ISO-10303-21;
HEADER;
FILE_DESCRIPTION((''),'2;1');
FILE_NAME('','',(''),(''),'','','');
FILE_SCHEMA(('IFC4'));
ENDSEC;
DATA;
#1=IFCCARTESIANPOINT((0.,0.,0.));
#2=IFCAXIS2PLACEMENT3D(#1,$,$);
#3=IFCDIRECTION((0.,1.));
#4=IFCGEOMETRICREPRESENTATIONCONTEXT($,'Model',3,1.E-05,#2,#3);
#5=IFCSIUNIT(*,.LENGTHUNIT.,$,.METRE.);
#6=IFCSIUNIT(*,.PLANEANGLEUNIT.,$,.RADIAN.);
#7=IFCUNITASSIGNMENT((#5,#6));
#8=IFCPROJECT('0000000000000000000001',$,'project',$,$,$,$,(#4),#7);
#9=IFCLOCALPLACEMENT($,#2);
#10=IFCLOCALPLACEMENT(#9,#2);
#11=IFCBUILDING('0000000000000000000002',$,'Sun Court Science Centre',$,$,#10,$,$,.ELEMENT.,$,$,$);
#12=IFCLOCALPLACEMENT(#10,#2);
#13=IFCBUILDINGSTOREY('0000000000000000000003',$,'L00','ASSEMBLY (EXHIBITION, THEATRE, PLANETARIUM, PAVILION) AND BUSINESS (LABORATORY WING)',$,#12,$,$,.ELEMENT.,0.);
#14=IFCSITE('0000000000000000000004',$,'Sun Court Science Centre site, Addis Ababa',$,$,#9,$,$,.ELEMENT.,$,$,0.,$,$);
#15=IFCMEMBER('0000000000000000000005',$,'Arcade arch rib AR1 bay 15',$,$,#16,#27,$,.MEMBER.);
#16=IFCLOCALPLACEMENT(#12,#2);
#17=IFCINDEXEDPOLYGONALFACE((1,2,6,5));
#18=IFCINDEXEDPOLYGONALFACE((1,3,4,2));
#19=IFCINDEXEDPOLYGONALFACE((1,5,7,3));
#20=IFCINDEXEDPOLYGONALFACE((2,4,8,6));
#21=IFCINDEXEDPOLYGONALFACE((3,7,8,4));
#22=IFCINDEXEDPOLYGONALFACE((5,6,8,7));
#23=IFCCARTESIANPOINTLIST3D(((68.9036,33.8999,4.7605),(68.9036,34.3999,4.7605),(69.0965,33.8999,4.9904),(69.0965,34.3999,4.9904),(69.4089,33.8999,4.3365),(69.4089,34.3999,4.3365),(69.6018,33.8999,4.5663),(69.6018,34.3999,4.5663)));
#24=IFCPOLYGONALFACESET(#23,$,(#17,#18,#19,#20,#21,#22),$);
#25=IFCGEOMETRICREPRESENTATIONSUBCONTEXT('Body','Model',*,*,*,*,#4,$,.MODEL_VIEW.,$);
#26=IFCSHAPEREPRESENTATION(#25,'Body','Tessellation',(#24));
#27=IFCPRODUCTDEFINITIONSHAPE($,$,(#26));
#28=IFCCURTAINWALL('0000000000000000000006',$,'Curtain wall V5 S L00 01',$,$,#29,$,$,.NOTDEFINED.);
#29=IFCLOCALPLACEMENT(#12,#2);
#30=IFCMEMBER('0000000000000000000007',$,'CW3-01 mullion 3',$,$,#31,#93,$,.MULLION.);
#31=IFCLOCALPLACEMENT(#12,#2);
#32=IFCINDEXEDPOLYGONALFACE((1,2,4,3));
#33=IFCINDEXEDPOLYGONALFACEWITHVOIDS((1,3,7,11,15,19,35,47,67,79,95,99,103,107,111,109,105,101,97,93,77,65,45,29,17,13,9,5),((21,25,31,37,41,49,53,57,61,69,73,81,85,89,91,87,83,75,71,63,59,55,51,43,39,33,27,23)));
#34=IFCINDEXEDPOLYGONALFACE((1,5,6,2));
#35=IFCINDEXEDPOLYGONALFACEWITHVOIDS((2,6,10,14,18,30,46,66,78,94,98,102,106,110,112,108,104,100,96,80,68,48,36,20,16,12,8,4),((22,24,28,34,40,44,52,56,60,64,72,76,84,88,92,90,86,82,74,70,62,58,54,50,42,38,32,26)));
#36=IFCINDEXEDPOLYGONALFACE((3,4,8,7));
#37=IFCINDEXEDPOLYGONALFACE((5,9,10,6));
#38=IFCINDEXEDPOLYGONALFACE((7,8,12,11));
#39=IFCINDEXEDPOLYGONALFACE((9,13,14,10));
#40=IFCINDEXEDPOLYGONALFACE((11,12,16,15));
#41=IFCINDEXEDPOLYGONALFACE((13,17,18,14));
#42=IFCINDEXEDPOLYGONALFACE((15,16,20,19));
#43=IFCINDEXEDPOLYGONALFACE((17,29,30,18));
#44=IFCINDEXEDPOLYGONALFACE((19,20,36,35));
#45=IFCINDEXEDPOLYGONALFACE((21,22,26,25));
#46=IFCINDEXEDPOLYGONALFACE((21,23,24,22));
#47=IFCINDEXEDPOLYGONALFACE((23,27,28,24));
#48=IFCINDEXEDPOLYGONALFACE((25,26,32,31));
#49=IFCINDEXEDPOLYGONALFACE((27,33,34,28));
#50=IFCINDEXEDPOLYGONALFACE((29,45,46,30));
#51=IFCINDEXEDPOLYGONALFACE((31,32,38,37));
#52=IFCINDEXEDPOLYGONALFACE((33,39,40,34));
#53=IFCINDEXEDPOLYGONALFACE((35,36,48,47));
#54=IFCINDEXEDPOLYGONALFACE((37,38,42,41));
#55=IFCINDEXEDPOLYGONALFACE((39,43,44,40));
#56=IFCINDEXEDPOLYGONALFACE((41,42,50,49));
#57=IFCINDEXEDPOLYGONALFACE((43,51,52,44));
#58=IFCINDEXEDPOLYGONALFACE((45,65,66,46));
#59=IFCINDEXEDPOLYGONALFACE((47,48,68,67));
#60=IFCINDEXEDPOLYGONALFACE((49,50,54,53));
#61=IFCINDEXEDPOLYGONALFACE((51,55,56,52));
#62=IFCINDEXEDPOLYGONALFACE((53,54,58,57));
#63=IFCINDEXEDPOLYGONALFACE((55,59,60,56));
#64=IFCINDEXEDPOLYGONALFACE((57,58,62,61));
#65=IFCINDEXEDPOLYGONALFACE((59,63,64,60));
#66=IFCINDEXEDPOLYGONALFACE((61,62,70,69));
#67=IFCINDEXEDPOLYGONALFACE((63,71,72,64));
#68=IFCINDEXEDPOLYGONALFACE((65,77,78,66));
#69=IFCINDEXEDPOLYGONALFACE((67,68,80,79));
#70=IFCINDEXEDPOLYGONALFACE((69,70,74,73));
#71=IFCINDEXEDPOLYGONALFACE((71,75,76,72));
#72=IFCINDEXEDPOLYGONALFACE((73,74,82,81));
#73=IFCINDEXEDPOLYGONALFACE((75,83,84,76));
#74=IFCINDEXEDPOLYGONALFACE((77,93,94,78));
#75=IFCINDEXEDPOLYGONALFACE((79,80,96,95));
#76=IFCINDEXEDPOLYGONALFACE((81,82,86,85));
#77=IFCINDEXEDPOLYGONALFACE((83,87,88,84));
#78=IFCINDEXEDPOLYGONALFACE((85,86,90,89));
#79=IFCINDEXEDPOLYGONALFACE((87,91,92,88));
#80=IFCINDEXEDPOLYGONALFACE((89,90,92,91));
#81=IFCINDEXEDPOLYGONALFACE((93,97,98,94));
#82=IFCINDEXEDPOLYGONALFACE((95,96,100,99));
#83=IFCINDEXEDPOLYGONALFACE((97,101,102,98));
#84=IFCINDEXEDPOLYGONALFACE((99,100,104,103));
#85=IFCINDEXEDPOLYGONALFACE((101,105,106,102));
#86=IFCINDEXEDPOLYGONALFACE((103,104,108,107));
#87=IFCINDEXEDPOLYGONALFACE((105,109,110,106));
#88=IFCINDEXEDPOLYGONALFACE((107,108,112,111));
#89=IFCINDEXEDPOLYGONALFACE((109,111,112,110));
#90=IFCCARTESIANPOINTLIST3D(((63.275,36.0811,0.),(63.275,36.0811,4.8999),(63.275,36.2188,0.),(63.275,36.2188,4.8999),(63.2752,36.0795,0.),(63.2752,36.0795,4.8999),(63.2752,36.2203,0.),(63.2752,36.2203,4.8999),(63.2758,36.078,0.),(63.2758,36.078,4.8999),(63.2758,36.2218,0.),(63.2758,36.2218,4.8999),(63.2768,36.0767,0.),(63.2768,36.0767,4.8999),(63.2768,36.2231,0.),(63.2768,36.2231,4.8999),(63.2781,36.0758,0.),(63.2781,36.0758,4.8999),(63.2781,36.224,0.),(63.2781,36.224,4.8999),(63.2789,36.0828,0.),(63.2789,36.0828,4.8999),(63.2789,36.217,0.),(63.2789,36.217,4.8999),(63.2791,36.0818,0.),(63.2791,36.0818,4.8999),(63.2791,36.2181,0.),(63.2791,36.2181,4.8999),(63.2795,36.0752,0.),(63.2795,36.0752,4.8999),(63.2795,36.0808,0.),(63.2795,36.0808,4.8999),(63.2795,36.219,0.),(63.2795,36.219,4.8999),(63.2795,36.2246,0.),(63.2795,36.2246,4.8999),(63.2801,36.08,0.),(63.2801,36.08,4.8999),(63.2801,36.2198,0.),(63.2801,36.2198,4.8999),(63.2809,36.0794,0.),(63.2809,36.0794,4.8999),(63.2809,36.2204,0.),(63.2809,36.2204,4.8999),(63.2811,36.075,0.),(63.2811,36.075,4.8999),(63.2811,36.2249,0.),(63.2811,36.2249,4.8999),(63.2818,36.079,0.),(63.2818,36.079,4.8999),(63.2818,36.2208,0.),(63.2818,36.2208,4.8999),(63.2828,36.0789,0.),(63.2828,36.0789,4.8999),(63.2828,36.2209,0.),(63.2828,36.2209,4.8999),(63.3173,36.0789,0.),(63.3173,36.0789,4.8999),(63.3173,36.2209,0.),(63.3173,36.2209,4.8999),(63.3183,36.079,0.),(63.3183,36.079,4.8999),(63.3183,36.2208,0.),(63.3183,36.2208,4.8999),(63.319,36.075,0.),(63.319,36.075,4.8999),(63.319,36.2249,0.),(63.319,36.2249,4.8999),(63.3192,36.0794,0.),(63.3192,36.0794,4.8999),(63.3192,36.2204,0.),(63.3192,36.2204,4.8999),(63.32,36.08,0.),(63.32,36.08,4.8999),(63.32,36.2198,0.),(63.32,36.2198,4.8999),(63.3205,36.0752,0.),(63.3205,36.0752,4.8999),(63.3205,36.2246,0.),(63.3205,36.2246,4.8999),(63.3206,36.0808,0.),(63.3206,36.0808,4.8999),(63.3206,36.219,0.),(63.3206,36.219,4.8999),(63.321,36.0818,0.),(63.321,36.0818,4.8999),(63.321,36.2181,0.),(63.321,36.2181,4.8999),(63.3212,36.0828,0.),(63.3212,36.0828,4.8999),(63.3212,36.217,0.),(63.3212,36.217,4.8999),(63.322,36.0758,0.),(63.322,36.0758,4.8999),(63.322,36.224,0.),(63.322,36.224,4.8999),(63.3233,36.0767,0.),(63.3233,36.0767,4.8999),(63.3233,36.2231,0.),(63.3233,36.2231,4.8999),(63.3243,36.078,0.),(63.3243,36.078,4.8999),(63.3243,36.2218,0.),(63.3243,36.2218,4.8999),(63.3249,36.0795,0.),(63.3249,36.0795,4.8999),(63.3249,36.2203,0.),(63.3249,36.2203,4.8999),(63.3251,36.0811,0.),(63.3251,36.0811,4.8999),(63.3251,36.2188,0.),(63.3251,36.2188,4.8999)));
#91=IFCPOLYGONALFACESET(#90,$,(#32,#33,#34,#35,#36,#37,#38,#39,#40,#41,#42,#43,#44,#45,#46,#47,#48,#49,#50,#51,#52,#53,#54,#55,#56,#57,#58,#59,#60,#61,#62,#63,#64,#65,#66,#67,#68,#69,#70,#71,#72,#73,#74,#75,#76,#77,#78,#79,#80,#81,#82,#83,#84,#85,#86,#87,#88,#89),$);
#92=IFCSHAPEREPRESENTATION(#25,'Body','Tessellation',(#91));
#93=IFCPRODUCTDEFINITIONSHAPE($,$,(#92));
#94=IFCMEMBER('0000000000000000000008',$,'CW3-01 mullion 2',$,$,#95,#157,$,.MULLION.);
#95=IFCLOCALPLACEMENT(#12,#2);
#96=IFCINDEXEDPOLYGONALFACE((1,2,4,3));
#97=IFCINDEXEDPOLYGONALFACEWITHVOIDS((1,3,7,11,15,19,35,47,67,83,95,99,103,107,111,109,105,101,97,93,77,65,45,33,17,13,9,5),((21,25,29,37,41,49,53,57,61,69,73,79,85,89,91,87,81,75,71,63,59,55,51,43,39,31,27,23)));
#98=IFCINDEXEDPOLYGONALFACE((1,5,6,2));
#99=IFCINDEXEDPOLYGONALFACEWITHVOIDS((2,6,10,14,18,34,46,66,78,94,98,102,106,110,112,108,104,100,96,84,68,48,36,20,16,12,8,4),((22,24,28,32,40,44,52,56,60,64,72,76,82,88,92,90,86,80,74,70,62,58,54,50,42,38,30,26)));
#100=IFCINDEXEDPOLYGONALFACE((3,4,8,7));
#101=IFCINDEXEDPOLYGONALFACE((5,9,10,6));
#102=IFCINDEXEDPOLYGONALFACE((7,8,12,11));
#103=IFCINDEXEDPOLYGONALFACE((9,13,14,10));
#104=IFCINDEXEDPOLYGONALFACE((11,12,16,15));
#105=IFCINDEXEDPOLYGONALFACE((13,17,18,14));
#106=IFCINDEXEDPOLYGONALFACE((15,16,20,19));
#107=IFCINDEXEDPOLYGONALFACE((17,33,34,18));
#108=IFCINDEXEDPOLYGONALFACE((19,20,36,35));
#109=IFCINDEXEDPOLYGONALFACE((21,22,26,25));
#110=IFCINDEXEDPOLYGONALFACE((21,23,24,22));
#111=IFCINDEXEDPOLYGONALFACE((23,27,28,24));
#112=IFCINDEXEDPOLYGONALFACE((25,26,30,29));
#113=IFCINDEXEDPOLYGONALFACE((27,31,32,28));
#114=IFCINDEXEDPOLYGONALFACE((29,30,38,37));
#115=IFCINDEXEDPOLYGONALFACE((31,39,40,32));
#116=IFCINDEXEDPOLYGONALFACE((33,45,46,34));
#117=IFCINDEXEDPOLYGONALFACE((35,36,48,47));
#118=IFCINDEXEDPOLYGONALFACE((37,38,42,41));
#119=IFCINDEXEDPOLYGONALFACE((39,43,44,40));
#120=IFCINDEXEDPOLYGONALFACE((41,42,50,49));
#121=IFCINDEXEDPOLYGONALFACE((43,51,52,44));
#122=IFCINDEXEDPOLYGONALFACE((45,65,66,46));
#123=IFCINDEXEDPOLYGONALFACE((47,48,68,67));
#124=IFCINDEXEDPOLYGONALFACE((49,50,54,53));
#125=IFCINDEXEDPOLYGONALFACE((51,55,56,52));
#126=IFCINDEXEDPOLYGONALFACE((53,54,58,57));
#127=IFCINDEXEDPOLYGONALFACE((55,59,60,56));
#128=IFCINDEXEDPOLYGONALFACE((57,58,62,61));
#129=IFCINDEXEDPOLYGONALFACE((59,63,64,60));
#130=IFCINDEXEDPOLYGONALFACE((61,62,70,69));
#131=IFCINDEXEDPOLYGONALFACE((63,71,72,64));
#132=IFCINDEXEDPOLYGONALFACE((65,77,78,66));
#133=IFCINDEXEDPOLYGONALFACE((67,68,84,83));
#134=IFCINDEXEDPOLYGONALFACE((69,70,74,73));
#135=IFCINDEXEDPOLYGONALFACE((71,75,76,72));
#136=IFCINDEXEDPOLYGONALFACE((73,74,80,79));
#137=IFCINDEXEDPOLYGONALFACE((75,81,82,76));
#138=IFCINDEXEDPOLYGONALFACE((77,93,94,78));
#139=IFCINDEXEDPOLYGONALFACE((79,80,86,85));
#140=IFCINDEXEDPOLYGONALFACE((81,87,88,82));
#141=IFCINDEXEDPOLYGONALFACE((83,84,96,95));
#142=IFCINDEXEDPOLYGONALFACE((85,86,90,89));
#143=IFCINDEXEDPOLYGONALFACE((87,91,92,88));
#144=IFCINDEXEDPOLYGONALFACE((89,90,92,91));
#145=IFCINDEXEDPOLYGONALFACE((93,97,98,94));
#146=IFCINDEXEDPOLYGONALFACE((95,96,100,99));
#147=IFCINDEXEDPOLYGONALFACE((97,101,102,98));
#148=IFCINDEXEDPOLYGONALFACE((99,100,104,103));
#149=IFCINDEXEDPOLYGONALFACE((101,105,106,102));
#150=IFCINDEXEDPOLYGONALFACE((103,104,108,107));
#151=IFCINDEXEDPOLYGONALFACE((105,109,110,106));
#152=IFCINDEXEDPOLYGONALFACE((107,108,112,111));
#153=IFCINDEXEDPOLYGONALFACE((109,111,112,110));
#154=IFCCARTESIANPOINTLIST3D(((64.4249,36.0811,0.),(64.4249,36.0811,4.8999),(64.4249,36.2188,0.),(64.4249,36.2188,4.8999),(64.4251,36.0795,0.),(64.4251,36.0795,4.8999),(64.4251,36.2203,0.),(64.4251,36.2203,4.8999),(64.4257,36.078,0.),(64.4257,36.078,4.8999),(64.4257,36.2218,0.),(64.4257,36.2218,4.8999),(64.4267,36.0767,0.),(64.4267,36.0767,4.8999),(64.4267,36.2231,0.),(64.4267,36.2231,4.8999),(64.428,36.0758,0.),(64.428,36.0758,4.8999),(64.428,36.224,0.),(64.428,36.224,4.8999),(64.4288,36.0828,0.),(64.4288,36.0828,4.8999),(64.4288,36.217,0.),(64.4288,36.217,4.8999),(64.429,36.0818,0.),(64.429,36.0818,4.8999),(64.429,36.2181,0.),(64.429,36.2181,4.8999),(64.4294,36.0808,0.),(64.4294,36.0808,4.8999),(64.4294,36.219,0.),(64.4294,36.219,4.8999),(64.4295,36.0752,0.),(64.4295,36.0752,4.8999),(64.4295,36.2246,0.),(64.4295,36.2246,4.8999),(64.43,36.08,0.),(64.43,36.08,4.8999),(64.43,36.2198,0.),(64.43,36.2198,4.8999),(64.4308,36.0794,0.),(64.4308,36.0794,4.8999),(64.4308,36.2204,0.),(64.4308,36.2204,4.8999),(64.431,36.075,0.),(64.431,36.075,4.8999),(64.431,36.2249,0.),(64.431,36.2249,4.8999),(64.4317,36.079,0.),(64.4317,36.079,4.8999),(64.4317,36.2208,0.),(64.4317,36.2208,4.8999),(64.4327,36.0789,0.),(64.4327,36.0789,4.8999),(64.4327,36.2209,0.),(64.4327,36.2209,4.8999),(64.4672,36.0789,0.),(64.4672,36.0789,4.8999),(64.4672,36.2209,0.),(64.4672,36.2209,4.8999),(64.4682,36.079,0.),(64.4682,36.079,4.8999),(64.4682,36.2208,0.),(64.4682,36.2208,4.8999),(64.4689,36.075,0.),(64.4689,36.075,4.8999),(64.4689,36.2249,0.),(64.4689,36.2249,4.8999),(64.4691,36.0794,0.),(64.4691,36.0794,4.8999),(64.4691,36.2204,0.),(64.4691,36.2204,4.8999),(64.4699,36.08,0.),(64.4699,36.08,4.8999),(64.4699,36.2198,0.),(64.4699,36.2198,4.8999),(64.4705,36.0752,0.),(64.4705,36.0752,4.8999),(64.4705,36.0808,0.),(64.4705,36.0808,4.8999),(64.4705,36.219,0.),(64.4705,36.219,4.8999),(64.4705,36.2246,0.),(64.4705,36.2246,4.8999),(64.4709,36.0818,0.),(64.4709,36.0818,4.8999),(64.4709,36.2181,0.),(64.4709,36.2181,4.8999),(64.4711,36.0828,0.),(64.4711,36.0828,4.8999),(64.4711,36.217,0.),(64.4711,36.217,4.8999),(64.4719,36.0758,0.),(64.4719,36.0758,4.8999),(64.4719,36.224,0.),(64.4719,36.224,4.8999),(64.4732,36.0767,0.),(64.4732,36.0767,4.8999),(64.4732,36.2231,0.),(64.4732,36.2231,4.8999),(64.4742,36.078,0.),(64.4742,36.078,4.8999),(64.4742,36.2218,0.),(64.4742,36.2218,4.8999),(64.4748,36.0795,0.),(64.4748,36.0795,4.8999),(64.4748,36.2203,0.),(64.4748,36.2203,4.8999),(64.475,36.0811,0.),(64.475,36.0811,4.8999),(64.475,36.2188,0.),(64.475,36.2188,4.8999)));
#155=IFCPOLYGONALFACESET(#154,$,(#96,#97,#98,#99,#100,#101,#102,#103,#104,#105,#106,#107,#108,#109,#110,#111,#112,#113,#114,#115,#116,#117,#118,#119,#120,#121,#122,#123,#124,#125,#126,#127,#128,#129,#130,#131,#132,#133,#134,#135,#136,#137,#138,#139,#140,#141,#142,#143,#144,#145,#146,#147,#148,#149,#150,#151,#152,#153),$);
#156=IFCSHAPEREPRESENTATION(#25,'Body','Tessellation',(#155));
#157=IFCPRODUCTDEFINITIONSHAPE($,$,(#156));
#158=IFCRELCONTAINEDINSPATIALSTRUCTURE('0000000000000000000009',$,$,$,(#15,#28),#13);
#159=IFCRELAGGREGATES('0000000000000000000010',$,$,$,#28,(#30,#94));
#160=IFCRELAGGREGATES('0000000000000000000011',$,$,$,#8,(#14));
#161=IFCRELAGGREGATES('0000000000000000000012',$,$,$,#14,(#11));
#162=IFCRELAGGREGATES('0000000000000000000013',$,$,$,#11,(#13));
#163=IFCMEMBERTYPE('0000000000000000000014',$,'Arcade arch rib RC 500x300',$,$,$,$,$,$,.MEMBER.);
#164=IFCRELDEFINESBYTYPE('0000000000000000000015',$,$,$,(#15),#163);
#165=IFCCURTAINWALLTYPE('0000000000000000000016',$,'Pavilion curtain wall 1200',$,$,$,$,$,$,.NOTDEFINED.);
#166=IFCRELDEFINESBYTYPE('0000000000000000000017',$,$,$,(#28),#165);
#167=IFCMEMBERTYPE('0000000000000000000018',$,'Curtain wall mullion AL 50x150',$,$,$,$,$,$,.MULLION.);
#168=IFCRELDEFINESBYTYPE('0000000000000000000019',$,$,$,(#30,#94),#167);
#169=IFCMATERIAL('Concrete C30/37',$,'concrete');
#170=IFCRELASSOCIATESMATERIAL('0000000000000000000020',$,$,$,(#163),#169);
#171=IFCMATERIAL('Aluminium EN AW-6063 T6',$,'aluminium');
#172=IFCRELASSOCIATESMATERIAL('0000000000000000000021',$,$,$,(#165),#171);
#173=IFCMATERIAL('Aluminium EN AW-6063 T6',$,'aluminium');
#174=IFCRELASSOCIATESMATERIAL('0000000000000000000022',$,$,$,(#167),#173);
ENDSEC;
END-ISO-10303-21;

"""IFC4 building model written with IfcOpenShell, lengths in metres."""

from ifc_helpers import new_model, si_unit, direction, frame, origin, origin_2d, place, context, subcontext, project, spatial, rectangle, hollow_rectangle, extrude, material, material_profile, profile_set, type_object, element, aggregate, save


model = new_model("IFC4")

# Units and contexts
model_context = context("Model", 3, precision=1e-05, world=origin(), true_north=direction((0.0, 1.0)))
body_context = subcontext(model_context, "Body", "Model", "MODEL_VIEW")
ifc_project = project(units=[si_unit("LENGTHUNIT", "METRE"), si_unit("PLANEANGLEUNIT", "RADIAN")], contexts=[model_context])

# Site, building, storey
site_placement = place(None, origin())
site = spatial("IfcSite", under=ifc_project, at=site_placement, Name="Sun Court Science Centre site, Addis Ababa", CompositionType="ELEMENT", RefElevation=0.0)
building_placement = place(site_placement, origin())
building = spatial("IfcBuilding", under=site, at=building_placement, Name="Sun Court Science Centre", CompositionType="ELEMENT")
storey_placement = place(building_placement, origin())
storey = spatial("IfcBuildingStorey", under=building, at=storey_placement, Name="L00", Description="ASSEMBLY (EXHIBITION, THEATRE, PLANETARIUM, PAVILION) AND BUSINESS (LABORATORY WING)", CompositionType="ELEMENT", Elevation=0.0)

# Member
ifc_material_1 = material(Name="Concrete C30/37", Category="concrete")
ifc_material_profile_1 = material_profile(ifc_material_1, rectangle(XDim=0.5, YDim=0.3, at=origin_2d()), Name="RC 500x300")
ifc_profile_set_1 = profile_set([ifc_material_profile_1], Name="Concrete C30/37")
member_type_1 = type_object("IfcMemberType", Name="Arcade arch rib RC 500x300", PredefinedType="MEMBER", material=ifc_profile_set_1)
member_1_placement = place(storey_placement, frame((69.5054, 34.1499, 4.4514), z_axis=(-0.766033, 0.0, 0.642801), x_axis=(0.0, -1.0, 0.0)))
element("IfcMember", 1, at=member_1_placement, inside=storey, type_object=member_type_1, Name="Arcade arch rib AR1 bay 15", PredefinedType="MEMBER", context=body_context, shape_type="SweptSolid", body=[
    extrude(rectangle(XDim=0.5, YDim=0.3, at=origin_2d()), origin(), (0.0, 0.0, 1.0), 0.6597),
])

# Curtain wall, members
ifc_material_2 = material(Name="Aluminium EN AW-6063 T6", Category="aluminium")
curtain_wall_type = type_object("IfcCurtainWallType", Name="Pavilion curtain wall 1200", PredefinedType="NOTDEFINED", material=ifc_material_2)
curtain_wall_placement = place(storey_placement, origin())
curtain_wall = element("IfcCurtainWall", 2, at=curtain_wall_placement, inside=storey, type_object=curtain_wall_type, Name="Curtain wall V5 S L00 01", PredefinedType="NOTDEFINED")
ifc_material_3 = material(Name="Aluminium EN AW-6063 T6", Category="aluminium")
ifc_material_profile_2 = material_profile(ifc_material_3, hollow_rectangle(XDim=0.05, YDim=0.1499, WallThickness=0.0039, InnerFilletRadius=0.0039, OuterFilletRadius=0.0061, at=origin_2d()), Name="AL 50x150x4")
ifc_profile_set_2 = profile_set([ifc_material_profile_2], Name="Aluminium EN AW-6063 T6")
member_type_2 = type_object("IfcMemberType", Name="Curtain wall mullion AL 50x150", PredefinedType="MULLION", material=ifc_profile_set_2)
member_2_placement = place(storey_placement, frame((63.3, 36.1499, 0.0), z_axis=(0.0, 0.0, 1.0), x_axis=(-1.0, 0.0, 0.0)))
member_2 = element("IfcMember", 3, at=member_2_placement, type_object=member_type_2, Name="CW3-01 mullion 3", PredefinedType="MULLION", context=body_context, shape_type="SweptSolid", body=[
    extrude(hollow_rectangle(XDim=0.05, YDim=0.1499, WallThickness=0.0039, InnerFilletRadius=0.0039, OuterFilletRadius=0.0061, at=origin_2d()), origin(), (0.0, 0.0, 1.0), 4.8999),
])
member_3_placement = place(storey_placement, frame((64.45, 36.1499, 0.0), z_axis=(0.0, 0.0, 1.0), x_axis=(-1.0, 0.0, 0.0)))
member_3 = element("IfcMember", 4, at=member_3_placement, type_object=member_type_2, Name="CW3-01 mullion 2", PredefinedType="MULLION", context=body_context, shape_type="SweptSolid", body=[
    extrude(hollow_rectangle(XDim=0.05, YDim=0.1499, WallThickness=0.0039, InnerFilletRadius=0.0039, OuterFilletRadius=0.0061, at=origin_2d()), origin(), (0.0, 0.0, 1.0), 4.8999),
])
aggregate(curtain_wall, [member_2, member_3])

save(model, "model.ifc")
